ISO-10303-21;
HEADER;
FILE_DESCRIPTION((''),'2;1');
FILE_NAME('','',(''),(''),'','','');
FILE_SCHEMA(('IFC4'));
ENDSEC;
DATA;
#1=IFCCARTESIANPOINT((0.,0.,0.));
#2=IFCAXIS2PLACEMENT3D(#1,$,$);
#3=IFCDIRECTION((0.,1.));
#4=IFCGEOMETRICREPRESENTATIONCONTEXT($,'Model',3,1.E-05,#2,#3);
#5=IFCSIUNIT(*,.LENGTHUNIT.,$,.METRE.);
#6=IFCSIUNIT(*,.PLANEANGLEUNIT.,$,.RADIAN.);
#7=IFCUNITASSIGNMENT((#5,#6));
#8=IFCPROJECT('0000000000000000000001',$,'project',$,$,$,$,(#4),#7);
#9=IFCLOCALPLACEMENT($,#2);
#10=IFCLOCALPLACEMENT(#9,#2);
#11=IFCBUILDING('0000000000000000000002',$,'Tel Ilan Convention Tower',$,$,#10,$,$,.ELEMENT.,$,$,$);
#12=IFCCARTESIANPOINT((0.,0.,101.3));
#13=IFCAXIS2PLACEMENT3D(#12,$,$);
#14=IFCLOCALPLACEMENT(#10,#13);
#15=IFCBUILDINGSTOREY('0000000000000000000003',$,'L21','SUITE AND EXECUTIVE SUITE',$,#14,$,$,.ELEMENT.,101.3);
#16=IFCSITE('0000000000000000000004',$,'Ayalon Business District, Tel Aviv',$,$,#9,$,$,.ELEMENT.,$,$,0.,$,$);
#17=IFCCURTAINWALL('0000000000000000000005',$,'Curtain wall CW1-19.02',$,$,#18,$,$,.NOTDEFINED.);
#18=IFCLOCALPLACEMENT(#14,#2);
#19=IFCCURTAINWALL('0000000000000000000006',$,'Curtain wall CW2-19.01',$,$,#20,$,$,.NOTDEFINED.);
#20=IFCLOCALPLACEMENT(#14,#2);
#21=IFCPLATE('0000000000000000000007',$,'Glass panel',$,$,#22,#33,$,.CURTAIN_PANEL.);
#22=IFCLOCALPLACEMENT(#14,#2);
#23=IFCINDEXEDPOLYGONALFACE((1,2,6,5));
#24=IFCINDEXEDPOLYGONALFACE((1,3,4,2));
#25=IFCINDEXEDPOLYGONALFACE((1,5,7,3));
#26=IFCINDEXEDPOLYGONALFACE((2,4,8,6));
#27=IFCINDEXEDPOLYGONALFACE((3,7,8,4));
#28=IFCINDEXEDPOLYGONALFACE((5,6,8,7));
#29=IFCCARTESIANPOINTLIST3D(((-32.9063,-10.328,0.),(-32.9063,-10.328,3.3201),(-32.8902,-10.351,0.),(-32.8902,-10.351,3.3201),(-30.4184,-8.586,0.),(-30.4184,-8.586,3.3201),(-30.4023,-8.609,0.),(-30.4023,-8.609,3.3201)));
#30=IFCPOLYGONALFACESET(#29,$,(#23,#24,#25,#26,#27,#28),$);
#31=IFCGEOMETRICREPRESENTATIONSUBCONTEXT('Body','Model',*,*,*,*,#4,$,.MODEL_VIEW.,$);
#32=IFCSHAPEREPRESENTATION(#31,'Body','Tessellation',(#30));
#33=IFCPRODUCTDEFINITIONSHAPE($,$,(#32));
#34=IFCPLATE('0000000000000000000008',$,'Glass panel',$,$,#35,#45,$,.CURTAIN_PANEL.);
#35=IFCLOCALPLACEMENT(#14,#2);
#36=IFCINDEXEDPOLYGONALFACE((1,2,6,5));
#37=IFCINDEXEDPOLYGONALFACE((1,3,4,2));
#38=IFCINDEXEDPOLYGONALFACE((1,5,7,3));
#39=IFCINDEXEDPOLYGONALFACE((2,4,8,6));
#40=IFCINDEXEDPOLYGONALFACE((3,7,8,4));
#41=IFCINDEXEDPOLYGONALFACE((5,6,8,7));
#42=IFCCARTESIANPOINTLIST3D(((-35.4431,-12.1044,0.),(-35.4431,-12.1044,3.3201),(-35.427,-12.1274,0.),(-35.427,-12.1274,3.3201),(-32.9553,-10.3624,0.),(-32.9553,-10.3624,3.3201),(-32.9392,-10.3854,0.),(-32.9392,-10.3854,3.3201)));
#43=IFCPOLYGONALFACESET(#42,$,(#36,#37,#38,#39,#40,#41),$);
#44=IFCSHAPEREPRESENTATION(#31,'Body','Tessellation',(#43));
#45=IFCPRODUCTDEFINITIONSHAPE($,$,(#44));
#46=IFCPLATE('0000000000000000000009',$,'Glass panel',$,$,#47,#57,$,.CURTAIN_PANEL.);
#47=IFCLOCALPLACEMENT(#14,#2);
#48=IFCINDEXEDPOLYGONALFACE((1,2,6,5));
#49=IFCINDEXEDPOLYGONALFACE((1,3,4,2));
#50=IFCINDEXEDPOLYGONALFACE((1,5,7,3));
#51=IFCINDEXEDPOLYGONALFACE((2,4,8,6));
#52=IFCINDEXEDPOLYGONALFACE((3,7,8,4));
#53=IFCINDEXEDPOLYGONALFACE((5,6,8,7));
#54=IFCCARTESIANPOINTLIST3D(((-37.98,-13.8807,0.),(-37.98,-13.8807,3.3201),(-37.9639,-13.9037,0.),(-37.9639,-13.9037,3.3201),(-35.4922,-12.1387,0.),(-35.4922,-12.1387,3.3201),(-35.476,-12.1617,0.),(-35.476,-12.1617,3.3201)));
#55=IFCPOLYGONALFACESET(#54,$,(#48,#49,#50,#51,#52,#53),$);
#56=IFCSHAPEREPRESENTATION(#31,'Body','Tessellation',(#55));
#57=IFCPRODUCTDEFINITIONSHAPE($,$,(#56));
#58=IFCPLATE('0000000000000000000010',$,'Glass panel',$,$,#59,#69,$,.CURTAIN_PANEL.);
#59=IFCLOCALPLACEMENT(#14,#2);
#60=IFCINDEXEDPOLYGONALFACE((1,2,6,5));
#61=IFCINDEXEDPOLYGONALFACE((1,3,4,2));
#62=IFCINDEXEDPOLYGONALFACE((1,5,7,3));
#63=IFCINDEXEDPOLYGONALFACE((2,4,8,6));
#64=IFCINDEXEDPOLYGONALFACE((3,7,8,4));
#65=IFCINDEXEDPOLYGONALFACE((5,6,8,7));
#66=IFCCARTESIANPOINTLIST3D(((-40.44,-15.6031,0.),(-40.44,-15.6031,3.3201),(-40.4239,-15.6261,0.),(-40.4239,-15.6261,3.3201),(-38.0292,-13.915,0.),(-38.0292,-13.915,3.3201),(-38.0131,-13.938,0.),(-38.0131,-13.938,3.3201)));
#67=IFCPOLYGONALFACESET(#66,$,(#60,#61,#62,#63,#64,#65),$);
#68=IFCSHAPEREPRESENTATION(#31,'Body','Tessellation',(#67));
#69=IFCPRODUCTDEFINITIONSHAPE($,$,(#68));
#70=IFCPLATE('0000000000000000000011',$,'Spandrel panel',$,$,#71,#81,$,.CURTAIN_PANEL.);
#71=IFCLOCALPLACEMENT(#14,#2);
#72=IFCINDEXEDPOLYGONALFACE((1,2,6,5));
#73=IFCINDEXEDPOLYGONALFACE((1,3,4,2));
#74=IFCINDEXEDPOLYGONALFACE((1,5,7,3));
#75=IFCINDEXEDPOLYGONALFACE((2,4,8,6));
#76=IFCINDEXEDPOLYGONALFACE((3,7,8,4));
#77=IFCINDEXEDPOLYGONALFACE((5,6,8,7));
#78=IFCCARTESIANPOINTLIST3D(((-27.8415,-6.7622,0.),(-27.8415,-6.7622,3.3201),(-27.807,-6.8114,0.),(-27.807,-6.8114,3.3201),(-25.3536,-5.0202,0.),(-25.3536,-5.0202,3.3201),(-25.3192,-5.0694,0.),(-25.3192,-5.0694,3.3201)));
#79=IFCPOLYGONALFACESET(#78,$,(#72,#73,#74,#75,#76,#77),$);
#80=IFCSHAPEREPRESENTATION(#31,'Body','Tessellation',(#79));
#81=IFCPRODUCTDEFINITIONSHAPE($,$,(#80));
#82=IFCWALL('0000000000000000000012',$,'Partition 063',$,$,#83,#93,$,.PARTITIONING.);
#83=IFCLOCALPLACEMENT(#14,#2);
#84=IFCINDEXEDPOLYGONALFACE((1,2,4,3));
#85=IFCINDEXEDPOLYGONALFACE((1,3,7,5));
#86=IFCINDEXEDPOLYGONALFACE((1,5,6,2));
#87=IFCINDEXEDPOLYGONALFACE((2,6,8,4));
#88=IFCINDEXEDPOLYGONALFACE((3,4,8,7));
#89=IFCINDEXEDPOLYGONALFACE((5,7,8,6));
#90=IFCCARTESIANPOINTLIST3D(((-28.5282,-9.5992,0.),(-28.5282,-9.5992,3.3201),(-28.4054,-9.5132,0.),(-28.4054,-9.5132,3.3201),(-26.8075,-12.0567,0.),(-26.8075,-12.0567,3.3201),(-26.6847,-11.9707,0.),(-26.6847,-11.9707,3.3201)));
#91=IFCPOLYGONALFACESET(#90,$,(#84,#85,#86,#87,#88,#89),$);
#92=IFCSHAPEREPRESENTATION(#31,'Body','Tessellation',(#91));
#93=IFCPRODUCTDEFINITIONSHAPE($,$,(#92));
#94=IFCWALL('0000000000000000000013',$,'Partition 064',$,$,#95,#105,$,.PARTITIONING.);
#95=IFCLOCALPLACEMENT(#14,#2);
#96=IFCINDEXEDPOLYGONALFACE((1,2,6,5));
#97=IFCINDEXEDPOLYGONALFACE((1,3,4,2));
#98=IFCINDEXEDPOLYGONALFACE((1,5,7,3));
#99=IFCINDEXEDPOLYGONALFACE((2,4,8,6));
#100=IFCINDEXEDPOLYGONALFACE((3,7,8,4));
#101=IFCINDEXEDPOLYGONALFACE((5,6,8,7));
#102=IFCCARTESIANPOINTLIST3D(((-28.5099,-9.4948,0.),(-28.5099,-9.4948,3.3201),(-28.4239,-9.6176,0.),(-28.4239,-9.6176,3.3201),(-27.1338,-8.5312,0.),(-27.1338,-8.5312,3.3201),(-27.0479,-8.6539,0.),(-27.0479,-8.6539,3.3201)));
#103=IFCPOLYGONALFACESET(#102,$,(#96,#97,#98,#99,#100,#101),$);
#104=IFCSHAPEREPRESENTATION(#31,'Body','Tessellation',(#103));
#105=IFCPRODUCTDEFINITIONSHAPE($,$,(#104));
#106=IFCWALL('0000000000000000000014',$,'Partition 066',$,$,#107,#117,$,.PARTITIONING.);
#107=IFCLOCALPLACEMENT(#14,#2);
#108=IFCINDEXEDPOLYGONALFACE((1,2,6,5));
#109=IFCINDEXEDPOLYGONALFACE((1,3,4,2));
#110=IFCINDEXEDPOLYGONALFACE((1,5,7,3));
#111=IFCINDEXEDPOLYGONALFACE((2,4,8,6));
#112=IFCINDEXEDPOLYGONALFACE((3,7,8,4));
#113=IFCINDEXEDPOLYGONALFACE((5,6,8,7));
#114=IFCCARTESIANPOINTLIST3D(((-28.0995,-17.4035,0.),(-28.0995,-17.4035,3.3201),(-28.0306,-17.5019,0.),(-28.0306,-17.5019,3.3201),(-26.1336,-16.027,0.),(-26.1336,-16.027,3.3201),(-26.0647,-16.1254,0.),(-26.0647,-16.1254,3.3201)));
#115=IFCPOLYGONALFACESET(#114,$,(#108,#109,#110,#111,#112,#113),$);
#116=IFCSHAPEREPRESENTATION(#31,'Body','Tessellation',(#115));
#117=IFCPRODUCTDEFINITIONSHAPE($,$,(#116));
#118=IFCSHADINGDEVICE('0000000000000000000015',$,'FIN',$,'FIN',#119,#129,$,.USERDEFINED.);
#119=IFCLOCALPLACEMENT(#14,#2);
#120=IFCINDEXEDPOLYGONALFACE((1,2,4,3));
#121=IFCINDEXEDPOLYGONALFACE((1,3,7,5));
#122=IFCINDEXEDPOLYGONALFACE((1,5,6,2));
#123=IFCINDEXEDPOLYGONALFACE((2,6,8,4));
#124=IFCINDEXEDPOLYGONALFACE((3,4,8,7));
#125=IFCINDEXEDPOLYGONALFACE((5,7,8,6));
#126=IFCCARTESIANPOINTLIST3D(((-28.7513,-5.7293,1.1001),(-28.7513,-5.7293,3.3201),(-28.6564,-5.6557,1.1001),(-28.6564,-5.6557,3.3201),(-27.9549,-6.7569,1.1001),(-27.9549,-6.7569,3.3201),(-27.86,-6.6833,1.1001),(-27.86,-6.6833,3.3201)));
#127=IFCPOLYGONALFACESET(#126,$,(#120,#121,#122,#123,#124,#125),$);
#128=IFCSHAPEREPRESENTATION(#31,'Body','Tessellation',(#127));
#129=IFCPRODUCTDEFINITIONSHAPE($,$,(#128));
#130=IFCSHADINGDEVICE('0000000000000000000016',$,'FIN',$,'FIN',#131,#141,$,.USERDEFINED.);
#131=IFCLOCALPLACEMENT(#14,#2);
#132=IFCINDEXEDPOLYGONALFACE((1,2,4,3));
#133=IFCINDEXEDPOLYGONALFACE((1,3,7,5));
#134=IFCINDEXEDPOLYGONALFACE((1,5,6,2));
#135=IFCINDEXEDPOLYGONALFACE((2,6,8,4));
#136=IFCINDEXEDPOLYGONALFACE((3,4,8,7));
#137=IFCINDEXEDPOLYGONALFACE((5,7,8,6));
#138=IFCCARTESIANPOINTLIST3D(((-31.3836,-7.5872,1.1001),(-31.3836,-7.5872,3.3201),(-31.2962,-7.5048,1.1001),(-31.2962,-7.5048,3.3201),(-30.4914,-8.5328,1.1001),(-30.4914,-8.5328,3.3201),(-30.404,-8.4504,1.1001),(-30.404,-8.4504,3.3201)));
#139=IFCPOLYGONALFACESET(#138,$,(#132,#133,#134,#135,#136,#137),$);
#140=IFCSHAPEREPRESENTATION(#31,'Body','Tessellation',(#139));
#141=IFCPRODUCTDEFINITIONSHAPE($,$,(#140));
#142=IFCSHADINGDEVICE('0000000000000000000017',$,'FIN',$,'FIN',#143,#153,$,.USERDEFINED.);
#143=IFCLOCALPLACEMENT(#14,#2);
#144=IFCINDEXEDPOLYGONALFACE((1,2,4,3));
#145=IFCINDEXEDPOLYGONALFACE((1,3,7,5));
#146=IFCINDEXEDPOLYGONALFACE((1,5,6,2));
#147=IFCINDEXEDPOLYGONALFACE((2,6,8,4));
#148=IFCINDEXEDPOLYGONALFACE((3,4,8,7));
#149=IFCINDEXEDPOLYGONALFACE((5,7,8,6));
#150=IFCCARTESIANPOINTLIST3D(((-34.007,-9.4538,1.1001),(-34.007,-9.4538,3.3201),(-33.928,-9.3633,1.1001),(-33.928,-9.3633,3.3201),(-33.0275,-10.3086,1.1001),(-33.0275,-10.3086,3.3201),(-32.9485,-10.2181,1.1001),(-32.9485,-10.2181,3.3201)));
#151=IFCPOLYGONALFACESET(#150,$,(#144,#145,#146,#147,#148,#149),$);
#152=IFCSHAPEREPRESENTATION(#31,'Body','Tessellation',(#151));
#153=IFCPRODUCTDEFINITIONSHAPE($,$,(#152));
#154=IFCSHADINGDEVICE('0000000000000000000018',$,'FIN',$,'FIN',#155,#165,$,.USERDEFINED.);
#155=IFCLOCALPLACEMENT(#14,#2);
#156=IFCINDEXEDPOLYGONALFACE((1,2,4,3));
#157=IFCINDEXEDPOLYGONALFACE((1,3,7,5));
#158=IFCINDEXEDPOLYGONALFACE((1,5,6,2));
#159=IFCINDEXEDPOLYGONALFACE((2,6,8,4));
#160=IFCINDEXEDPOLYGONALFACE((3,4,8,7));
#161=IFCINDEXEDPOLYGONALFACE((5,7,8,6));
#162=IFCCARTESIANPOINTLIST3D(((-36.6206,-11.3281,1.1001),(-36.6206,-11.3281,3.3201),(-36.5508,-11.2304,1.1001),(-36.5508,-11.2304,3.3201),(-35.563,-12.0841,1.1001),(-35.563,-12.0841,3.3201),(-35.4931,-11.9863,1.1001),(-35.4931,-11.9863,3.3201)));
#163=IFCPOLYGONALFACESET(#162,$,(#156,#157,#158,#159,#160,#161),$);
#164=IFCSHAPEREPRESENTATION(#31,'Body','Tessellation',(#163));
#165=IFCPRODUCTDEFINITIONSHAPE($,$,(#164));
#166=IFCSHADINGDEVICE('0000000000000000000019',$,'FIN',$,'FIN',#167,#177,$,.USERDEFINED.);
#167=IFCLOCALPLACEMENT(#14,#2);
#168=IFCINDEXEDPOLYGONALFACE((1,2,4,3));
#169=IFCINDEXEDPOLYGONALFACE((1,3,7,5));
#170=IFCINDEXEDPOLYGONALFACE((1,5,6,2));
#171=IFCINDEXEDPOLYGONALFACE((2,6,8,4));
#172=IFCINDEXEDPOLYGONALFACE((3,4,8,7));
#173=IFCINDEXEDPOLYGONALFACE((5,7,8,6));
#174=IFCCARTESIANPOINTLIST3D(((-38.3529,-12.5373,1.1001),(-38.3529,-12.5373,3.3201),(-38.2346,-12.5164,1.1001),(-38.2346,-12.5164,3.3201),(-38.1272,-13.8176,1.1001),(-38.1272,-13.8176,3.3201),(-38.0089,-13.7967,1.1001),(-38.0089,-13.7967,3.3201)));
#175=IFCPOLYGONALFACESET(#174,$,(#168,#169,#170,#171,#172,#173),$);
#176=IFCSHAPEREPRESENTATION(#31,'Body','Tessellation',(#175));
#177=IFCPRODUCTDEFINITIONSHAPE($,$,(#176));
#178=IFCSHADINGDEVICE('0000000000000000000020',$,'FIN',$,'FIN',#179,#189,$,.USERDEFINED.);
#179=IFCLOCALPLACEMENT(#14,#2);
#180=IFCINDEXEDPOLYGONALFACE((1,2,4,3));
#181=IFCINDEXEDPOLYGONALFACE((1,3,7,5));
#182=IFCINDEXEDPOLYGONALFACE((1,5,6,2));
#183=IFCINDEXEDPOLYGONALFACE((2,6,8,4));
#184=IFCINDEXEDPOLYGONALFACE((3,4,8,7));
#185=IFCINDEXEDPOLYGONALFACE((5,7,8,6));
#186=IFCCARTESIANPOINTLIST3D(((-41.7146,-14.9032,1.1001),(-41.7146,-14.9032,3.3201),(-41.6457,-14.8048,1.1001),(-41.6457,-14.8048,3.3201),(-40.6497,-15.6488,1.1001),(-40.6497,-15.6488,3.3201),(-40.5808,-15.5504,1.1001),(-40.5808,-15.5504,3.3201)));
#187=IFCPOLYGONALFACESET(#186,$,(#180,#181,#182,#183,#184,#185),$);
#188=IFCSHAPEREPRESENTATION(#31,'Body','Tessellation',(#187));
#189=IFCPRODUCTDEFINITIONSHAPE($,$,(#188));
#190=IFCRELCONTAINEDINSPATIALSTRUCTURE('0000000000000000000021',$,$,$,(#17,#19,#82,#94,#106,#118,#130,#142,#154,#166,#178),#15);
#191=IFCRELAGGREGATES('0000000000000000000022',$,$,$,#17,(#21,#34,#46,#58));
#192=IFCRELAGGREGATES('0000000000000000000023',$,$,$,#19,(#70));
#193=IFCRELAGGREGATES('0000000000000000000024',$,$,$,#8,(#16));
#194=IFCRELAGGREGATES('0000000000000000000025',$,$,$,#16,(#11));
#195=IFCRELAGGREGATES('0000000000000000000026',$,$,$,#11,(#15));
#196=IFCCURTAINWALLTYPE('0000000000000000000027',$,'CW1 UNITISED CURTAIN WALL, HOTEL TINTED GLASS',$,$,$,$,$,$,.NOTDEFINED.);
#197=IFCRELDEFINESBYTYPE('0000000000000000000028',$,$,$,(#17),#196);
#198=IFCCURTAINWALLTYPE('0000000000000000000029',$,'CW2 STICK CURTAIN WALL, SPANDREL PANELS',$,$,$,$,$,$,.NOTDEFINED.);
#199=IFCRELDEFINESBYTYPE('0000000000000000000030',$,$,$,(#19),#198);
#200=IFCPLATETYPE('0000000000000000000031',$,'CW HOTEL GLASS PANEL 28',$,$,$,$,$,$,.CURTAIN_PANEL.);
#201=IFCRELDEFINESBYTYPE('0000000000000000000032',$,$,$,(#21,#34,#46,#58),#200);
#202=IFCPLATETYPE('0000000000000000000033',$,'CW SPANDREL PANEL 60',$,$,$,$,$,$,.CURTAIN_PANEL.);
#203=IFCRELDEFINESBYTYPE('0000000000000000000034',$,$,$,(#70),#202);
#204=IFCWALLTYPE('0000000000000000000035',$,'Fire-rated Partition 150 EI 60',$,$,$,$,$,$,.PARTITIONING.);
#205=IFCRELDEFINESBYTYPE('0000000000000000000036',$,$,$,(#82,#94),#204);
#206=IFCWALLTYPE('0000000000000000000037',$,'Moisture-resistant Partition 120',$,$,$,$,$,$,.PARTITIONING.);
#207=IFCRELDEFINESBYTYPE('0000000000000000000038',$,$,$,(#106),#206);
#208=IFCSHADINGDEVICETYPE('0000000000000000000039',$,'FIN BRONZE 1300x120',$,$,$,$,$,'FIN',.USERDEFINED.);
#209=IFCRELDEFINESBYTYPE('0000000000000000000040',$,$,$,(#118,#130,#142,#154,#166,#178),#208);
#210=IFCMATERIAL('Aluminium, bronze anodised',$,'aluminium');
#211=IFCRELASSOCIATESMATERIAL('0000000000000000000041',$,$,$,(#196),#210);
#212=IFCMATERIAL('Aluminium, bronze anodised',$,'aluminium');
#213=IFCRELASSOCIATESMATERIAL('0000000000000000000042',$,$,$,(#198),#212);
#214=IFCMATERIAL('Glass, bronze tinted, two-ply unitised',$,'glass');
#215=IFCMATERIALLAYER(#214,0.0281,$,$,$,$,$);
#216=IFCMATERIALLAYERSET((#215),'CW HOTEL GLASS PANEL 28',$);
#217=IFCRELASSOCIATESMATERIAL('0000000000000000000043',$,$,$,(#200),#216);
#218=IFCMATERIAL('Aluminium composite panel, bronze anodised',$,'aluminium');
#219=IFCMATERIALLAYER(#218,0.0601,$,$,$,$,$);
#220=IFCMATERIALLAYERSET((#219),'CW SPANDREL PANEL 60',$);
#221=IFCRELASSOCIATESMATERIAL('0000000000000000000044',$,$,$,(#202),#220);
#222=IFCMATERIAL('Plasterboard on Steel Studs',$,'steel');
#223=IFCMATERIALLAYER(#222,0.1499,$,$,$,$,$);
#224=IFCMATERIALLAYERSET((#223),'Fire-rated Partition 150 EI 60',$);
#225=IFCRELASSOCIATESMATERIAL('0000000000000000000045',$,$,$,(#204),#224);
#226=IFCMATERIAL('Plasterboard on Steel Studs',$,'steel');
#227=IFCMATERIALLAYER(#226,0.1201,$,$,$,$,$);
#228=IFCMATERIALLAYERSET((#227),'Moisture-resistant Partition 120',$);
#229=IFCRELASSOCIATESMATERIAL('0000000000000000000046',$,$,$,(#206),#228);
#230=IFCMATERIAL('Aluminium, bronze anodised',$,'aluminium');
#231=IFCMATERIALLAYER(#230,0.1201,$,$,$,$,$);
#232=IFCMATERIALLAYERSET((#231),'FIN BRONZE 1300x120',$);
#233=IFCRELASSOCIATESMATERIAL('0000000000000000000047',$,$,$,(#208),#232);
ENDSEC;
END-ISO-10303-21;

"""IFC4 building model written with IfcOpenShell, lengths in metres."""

from ifc_helpers import new_model, si_unit, direction, frame, frame_2d, origin, origin_2d, place, context, subcontext, project, spatial, rectangle, extrude, material, layer, layer_set, type_object, element, aggregate, save


model = new_model("IFC4")

# Units and contexts
model_context = context("Model", 3, precision=1e-05, world=origin(), true_north=direction((0.0, 1.0)))
body_context = subcontext(model_context, "Body", "Model", "MODEL_VIEW")
ifc_project = project(units=[si_unit("LENGTHUNIT", "METRE"), si_unit("PLANEANGLEUNIT", "RADIAN")], contexts=[model_context])

# Site, building, storey
site_placement = place(None, origin())
site = spatial("IfcSite", under=ifc_project, at=site_placement, Name="Ayalon Business District, Tel Aviv", CompositionType="ELEMENT", RefElevation=0.0)
building_placement = place(site_placement, origin())
building = spatial("IfcBuilding", under=site, at=building_placement, Name="Tel Ilan Convention Tower", CompositionType="ELEMENT")
storey_placement = place(building_placement, frame((0.0, 0.0, 101.3)))
storey = spatial("IfcBuildingStorey", under=building, at=storey_placement, Name="L21", Description="SUITE AND EXECUTIVE SUITE", CompositionType="ELEMENT", Elevation=101.3)

# Curtain wall
ifc_material_1 = material(Name="Aluminium, bronze anodised", Category="aluminium")
curtain_wall_type_1 = type_object("IfcCurtainWallType", Name="CW1 UNITISED CURTAIN WALL, HOTEL TINTED GLASS", PredefinedType="NOTDEFINED", material=ifc_material_1)
curtain_wall_1_placement = place(storey_placement, origin())
curtain_wall_1 = element("IfcCurtainWall", 1, at=curtain_wall_1_placement, inside=storey, type_object=curtain_wall_type_1, Name="Curtain wall CW1-19.02", PredefinedType="NOTDEFINED")

# Curtain wall
ifc_material_2 = material(Name="Aluminium, bronze anodised", Category="aluminium")
curtain_wall_type_2 = type_object("IfcCurtainWallType", Name="CW2 STICK CURTAIN WALL, SPANDREL PANELS", PredefinedType="NOTDEFINED", material=ifc_material_2)
curtain_wall_2_placement = place(storey_placement, origin())
curtain_wall_2 = element("IfcCurtainWall", 2, at=curtain_wall_2_placement, inside=storey, type_object=curtain_wall_type_2, Name="Curtain wall CW2-19.01", PredefinedType="NOTDEFINED")

# Plates
ifc_material_3 = material(Name="Glass, bronze tinted, two-ply unitised", Category="glass")
ifc_layer_1 = layer(ifc_material_3, 0.0281)
ifc_layer_set_1 = layer_set([ifc_layer_1], Name="CW HOTEL GLASS PANEL 28")
plate_type_1 = type_object("IfcPlateType", Name="CW HOTEL GLASS PANEL 28", PredefinedType="CURTAIN_PANEL", material=ifc_layer_set_1)
plate_1_placement = place(storey_placement, frame((-31.6543, -9.4685, 0.0), z_axis=(0.0, 0.0, 1.0), x_axis=(-0.819152, -0.573576, 0.0)))
plate_1 = element("IfcPlate", 3, at=plate_1_placement, type_object=plate_type_1, Name="Glass panel", PredefinedType="CURTAIN_PANEL", context=body_context, shape_type="SweptSolid", body=[
    extrude(rectangle(XDim=3.0371, YDim=0.0281, at=origin_2d()), origin(), (0.0, 0.0, 1.0), 3.3201),
])
plate_2_placement = place(storey_placement, frame((-34.1912, -11.2449, 0.0), z_axis=(0.0, 0.0, 1.0), x_axis=(-0.819152, -0.573576, 0.0)))
plate_2 = element("IfcPlate", 4, at=plate_2_placement, type_object=plate_type_1, Name="Glass panel", PredefinedType="CURTAIN_PANEL", context=body_context, shape_type="SweptSolid", body=[
    extrude(rectangle(XDim=3.0371, YDim=0.0281, at=origin_2d()), origin(), (0.0, 0.0, 1.0), 3.3201),
])
plate_3_placement = place(storey_placement, frame((-36.728, -13.0212, 0.0), z_axis=(0.0, 0.0, 1.0), x_axis=(-0.819152, -0.573576, 0.0)))
plate_3 = element("IfcPlate", 5, at=plate_3_placement, type_object=plate_type_1, Name="Glass panel", PredefinedType="CURTAIN_PANEL", context=body_context, shape_type="SweptSolid", body=[
    extrude(rectangle(XDim=3.0371, YDim=0.0281, at=origin_2d()), origin(), (0.0, 0.0, 1.0), 3.3201),
])
plate_4_placement = place(storey_placement, frame((-39.2266, -14.7705, 0.0), z_axis=(0.0, 0.0, 1.0), x_axis=(-0.819152, -0.573576, 0.0)))
plate_4 = element("IfcPlate", 6, at=plate_4_placement, type_object=plate_type_1, Name="Glass panel", PredefinedType="CURTAIN_PANEL", context=body_context, shape_type="SweptSolid", body=[
    extrude(rectangle(XDim=2.9431, YDim=0.0281, at=origin_2d()), origin(), (0.0, 0.0, 1.0), 3.3201),
])
aggregate(curtain_wall_1, [plate_1, plate_2, plate_3, plate_4])
ifc_material_4 = material(Name="Aluminium composite panel, bronze anodised", Category="aluminium")
ifc_layer_2 = layer(ifc_material_4, 0.0601)
ifc_layer_set_2 = layer_set([ifc_layer_2], Name="CW SPANDREL PANEL 60")
plate_type_2 = type_object("IfcPlateType", Name="CW SPANDREL PANEL 60", PredefinedType="CURTAIN_PANEL", material=ifc_layer_set_2)
plate_5_placement = place(storey_placement, frame((-26.5803, -5.9158, 0.0), z_axis=(0.0, 0.0, 1.0), x_axis=(-0.819152, -0.573576, 0.0)))
plate_5 = element("IfcPlate", 7, at=plate_5_placement, type_object=plate_type_2, Name="Spandrel panel", PredefinedType="CURTAIN_PANEL", context=body_context, shape_type="SweptSolid", body=[
    extrude(rectangle(XDim=3.0371, YDim=0.0601, at=origin_2d()), origin(), (0.0, 0.0, 1.0), 3.3201),
])
aggregate(curtain_wall_2, [plate_5])

# Walls
ifc_material_5 = material(Name="Plasterboard on Steel Studs", Category="steel")
ifc_layer_3 = layer(ifc_material_5, 0.1499)
ifc_layer_set_3 = layer_set([ifc_layer_3], Name="Fire-rated Partition 150 EI 60")
wall_type_1 = type_object("IfcWallType", Name="Fire-rated Partition 150 EI 60", PredefinedType="PARTITIONING", material=ifc_layer_set_3)
wall_1_placement = place(storey_placement, frame((-26.7461, -12.0137, 0.0), z_axis=(0.0, 0.0, 1.0), x_axis=(-0.573561, 0.819163, 0.0)))
element("IfcWall", 8, at=wall_1_placement, inside=storey, type_object=wall_type_1, Name="Partition 063", PredefinedType="PARTITIONING", context=body_context, shape_type="SweptSolid", body=[
    extrude(rectangle(XDim=3.0, YDim=0.1499, at=frame_2d((1.5, 0.0))), origin(), (0.0, 0.0, 1.0), 3.3201),
])
wall_2_placement = place(storey_placement, frame((-28.4668, -9.5562, 0.0), z_axis=(0.0, 0.0, 1.0), x_axis=(0.819109, 0.573638, 0.0)))
element("IfcWall", 9, at=wall_2_placement, inside=storey, type_object=wall_type_1, Name="Partition 064", PredefinedType="PARTITIONING", context=body_context, shape_type="SweptSolid", body=[
    extrude(rectangle(XDim=1.6799, YDim=0.1499, at=frame_2d((0.8398, 0.0))), origin(), (0.0, 0.0, 1.0), 3.3201),
])
ifc_material_6 = material(Name="Plasterboard on Steel Studs", Category="steel")
ifc_layer_4 = layer(ifc_material_6, 0.1201)
ifc_layer_set_4 = layer_set([ifc_layer_4], Name="Moisture-resistant Partition 120")
wall_type_2 = type_object("IfcWallType", Name="Moisture-resistant Partition 120", PredefinedType="PARTITIONING", material=ifc_layer_set_4)
wall_3_placement = place(storey_placement, frame((-26.0991, -16.0762, 0.0), z_axis=(0.0, 0.0, 1.0), x_axis=(-0.819155, -0.573572, 0.0)))
element("IfcWall", 10, at=wall_3_placement, inside=storey, type_object=wall_type_2, Name="Partition 066", PredefinedType="PARTITIONING", context=body_context, shape_type="SweptSolid", body=[
    extrude(rectangle(XDim=2.3999, YDim=0.1201, at=frame_2d((1.2, 0.0))), origin(), (0.0, 0.0, 1.0), 3.3201),
])

# Shading devices
ifc_material_7 = material(Name="Aluminium, bronze anodised", Category="aluminium")
ifc_layer_5 = layer(ifc_material_7, 0.1201)
ifc_layer_set_5 = layer_set([ifc_layer_5], Name="FIN BRONZE 1300x120")
shading_device_type = type_object("IfcShadingDeviceType", Name="FIN BRONZE 1300x120", ElementType="FIN", PredefinedType="USERDEFINED", material=ifc_layer_set_5)
for number, where, z_axis, x_axis, name in (
    (11, (-28.3057, -6.2063, 1.1001), (0.0, 0.0, 1.0), (-0.612601, 0.790393, 0.0), "FIN"),
    (12, (-30.8938, -8.0188, 1.1001), (0.0, 0.0, 1.0), (-0.686242, 0.727374, 0.0), "FIN"),
    (13, (-33.4778, -9.8359, 1.1001), (0.0, 0.0, 1.0), (-0.753436, 0.657521, 0.0), "FIN"),
    (14, (-36.0569, -11.6572, 1.1001), (0.0, 0.0, 1.0), (-0.813552, 0.581492, 0.0), "FIN"),
    (15, (-38.1809, -13.167, 1.1001), (0.0, 0.0, 1.0), (-0.173648, 0.984808, 0.0), "FIN"),
    (16, (-41.1477, -15.2268, 1.1001), (0.0, 0.0, 1.0), (-0.819152, 0.573576, 0.0), "FIN"),
):
    element("IfcShadingDevice", number, at=place(storey_placement, frame(where, z_axis=z_axis, x_axis=x_axis)), inside=storey, type_object=shading_device_type, Name=name, ObjectType="FIN", PredefinedType="USERDEFINED", context=body_context, shape_type="SweptSolid", body=[
        extrude(rectangle(XDim=1.3, YDim=0.1201, at=origin_2d()), origin(), (0.0, 0.0, 1.0), 2.22),
    ])

save(model, "model.ifc")
